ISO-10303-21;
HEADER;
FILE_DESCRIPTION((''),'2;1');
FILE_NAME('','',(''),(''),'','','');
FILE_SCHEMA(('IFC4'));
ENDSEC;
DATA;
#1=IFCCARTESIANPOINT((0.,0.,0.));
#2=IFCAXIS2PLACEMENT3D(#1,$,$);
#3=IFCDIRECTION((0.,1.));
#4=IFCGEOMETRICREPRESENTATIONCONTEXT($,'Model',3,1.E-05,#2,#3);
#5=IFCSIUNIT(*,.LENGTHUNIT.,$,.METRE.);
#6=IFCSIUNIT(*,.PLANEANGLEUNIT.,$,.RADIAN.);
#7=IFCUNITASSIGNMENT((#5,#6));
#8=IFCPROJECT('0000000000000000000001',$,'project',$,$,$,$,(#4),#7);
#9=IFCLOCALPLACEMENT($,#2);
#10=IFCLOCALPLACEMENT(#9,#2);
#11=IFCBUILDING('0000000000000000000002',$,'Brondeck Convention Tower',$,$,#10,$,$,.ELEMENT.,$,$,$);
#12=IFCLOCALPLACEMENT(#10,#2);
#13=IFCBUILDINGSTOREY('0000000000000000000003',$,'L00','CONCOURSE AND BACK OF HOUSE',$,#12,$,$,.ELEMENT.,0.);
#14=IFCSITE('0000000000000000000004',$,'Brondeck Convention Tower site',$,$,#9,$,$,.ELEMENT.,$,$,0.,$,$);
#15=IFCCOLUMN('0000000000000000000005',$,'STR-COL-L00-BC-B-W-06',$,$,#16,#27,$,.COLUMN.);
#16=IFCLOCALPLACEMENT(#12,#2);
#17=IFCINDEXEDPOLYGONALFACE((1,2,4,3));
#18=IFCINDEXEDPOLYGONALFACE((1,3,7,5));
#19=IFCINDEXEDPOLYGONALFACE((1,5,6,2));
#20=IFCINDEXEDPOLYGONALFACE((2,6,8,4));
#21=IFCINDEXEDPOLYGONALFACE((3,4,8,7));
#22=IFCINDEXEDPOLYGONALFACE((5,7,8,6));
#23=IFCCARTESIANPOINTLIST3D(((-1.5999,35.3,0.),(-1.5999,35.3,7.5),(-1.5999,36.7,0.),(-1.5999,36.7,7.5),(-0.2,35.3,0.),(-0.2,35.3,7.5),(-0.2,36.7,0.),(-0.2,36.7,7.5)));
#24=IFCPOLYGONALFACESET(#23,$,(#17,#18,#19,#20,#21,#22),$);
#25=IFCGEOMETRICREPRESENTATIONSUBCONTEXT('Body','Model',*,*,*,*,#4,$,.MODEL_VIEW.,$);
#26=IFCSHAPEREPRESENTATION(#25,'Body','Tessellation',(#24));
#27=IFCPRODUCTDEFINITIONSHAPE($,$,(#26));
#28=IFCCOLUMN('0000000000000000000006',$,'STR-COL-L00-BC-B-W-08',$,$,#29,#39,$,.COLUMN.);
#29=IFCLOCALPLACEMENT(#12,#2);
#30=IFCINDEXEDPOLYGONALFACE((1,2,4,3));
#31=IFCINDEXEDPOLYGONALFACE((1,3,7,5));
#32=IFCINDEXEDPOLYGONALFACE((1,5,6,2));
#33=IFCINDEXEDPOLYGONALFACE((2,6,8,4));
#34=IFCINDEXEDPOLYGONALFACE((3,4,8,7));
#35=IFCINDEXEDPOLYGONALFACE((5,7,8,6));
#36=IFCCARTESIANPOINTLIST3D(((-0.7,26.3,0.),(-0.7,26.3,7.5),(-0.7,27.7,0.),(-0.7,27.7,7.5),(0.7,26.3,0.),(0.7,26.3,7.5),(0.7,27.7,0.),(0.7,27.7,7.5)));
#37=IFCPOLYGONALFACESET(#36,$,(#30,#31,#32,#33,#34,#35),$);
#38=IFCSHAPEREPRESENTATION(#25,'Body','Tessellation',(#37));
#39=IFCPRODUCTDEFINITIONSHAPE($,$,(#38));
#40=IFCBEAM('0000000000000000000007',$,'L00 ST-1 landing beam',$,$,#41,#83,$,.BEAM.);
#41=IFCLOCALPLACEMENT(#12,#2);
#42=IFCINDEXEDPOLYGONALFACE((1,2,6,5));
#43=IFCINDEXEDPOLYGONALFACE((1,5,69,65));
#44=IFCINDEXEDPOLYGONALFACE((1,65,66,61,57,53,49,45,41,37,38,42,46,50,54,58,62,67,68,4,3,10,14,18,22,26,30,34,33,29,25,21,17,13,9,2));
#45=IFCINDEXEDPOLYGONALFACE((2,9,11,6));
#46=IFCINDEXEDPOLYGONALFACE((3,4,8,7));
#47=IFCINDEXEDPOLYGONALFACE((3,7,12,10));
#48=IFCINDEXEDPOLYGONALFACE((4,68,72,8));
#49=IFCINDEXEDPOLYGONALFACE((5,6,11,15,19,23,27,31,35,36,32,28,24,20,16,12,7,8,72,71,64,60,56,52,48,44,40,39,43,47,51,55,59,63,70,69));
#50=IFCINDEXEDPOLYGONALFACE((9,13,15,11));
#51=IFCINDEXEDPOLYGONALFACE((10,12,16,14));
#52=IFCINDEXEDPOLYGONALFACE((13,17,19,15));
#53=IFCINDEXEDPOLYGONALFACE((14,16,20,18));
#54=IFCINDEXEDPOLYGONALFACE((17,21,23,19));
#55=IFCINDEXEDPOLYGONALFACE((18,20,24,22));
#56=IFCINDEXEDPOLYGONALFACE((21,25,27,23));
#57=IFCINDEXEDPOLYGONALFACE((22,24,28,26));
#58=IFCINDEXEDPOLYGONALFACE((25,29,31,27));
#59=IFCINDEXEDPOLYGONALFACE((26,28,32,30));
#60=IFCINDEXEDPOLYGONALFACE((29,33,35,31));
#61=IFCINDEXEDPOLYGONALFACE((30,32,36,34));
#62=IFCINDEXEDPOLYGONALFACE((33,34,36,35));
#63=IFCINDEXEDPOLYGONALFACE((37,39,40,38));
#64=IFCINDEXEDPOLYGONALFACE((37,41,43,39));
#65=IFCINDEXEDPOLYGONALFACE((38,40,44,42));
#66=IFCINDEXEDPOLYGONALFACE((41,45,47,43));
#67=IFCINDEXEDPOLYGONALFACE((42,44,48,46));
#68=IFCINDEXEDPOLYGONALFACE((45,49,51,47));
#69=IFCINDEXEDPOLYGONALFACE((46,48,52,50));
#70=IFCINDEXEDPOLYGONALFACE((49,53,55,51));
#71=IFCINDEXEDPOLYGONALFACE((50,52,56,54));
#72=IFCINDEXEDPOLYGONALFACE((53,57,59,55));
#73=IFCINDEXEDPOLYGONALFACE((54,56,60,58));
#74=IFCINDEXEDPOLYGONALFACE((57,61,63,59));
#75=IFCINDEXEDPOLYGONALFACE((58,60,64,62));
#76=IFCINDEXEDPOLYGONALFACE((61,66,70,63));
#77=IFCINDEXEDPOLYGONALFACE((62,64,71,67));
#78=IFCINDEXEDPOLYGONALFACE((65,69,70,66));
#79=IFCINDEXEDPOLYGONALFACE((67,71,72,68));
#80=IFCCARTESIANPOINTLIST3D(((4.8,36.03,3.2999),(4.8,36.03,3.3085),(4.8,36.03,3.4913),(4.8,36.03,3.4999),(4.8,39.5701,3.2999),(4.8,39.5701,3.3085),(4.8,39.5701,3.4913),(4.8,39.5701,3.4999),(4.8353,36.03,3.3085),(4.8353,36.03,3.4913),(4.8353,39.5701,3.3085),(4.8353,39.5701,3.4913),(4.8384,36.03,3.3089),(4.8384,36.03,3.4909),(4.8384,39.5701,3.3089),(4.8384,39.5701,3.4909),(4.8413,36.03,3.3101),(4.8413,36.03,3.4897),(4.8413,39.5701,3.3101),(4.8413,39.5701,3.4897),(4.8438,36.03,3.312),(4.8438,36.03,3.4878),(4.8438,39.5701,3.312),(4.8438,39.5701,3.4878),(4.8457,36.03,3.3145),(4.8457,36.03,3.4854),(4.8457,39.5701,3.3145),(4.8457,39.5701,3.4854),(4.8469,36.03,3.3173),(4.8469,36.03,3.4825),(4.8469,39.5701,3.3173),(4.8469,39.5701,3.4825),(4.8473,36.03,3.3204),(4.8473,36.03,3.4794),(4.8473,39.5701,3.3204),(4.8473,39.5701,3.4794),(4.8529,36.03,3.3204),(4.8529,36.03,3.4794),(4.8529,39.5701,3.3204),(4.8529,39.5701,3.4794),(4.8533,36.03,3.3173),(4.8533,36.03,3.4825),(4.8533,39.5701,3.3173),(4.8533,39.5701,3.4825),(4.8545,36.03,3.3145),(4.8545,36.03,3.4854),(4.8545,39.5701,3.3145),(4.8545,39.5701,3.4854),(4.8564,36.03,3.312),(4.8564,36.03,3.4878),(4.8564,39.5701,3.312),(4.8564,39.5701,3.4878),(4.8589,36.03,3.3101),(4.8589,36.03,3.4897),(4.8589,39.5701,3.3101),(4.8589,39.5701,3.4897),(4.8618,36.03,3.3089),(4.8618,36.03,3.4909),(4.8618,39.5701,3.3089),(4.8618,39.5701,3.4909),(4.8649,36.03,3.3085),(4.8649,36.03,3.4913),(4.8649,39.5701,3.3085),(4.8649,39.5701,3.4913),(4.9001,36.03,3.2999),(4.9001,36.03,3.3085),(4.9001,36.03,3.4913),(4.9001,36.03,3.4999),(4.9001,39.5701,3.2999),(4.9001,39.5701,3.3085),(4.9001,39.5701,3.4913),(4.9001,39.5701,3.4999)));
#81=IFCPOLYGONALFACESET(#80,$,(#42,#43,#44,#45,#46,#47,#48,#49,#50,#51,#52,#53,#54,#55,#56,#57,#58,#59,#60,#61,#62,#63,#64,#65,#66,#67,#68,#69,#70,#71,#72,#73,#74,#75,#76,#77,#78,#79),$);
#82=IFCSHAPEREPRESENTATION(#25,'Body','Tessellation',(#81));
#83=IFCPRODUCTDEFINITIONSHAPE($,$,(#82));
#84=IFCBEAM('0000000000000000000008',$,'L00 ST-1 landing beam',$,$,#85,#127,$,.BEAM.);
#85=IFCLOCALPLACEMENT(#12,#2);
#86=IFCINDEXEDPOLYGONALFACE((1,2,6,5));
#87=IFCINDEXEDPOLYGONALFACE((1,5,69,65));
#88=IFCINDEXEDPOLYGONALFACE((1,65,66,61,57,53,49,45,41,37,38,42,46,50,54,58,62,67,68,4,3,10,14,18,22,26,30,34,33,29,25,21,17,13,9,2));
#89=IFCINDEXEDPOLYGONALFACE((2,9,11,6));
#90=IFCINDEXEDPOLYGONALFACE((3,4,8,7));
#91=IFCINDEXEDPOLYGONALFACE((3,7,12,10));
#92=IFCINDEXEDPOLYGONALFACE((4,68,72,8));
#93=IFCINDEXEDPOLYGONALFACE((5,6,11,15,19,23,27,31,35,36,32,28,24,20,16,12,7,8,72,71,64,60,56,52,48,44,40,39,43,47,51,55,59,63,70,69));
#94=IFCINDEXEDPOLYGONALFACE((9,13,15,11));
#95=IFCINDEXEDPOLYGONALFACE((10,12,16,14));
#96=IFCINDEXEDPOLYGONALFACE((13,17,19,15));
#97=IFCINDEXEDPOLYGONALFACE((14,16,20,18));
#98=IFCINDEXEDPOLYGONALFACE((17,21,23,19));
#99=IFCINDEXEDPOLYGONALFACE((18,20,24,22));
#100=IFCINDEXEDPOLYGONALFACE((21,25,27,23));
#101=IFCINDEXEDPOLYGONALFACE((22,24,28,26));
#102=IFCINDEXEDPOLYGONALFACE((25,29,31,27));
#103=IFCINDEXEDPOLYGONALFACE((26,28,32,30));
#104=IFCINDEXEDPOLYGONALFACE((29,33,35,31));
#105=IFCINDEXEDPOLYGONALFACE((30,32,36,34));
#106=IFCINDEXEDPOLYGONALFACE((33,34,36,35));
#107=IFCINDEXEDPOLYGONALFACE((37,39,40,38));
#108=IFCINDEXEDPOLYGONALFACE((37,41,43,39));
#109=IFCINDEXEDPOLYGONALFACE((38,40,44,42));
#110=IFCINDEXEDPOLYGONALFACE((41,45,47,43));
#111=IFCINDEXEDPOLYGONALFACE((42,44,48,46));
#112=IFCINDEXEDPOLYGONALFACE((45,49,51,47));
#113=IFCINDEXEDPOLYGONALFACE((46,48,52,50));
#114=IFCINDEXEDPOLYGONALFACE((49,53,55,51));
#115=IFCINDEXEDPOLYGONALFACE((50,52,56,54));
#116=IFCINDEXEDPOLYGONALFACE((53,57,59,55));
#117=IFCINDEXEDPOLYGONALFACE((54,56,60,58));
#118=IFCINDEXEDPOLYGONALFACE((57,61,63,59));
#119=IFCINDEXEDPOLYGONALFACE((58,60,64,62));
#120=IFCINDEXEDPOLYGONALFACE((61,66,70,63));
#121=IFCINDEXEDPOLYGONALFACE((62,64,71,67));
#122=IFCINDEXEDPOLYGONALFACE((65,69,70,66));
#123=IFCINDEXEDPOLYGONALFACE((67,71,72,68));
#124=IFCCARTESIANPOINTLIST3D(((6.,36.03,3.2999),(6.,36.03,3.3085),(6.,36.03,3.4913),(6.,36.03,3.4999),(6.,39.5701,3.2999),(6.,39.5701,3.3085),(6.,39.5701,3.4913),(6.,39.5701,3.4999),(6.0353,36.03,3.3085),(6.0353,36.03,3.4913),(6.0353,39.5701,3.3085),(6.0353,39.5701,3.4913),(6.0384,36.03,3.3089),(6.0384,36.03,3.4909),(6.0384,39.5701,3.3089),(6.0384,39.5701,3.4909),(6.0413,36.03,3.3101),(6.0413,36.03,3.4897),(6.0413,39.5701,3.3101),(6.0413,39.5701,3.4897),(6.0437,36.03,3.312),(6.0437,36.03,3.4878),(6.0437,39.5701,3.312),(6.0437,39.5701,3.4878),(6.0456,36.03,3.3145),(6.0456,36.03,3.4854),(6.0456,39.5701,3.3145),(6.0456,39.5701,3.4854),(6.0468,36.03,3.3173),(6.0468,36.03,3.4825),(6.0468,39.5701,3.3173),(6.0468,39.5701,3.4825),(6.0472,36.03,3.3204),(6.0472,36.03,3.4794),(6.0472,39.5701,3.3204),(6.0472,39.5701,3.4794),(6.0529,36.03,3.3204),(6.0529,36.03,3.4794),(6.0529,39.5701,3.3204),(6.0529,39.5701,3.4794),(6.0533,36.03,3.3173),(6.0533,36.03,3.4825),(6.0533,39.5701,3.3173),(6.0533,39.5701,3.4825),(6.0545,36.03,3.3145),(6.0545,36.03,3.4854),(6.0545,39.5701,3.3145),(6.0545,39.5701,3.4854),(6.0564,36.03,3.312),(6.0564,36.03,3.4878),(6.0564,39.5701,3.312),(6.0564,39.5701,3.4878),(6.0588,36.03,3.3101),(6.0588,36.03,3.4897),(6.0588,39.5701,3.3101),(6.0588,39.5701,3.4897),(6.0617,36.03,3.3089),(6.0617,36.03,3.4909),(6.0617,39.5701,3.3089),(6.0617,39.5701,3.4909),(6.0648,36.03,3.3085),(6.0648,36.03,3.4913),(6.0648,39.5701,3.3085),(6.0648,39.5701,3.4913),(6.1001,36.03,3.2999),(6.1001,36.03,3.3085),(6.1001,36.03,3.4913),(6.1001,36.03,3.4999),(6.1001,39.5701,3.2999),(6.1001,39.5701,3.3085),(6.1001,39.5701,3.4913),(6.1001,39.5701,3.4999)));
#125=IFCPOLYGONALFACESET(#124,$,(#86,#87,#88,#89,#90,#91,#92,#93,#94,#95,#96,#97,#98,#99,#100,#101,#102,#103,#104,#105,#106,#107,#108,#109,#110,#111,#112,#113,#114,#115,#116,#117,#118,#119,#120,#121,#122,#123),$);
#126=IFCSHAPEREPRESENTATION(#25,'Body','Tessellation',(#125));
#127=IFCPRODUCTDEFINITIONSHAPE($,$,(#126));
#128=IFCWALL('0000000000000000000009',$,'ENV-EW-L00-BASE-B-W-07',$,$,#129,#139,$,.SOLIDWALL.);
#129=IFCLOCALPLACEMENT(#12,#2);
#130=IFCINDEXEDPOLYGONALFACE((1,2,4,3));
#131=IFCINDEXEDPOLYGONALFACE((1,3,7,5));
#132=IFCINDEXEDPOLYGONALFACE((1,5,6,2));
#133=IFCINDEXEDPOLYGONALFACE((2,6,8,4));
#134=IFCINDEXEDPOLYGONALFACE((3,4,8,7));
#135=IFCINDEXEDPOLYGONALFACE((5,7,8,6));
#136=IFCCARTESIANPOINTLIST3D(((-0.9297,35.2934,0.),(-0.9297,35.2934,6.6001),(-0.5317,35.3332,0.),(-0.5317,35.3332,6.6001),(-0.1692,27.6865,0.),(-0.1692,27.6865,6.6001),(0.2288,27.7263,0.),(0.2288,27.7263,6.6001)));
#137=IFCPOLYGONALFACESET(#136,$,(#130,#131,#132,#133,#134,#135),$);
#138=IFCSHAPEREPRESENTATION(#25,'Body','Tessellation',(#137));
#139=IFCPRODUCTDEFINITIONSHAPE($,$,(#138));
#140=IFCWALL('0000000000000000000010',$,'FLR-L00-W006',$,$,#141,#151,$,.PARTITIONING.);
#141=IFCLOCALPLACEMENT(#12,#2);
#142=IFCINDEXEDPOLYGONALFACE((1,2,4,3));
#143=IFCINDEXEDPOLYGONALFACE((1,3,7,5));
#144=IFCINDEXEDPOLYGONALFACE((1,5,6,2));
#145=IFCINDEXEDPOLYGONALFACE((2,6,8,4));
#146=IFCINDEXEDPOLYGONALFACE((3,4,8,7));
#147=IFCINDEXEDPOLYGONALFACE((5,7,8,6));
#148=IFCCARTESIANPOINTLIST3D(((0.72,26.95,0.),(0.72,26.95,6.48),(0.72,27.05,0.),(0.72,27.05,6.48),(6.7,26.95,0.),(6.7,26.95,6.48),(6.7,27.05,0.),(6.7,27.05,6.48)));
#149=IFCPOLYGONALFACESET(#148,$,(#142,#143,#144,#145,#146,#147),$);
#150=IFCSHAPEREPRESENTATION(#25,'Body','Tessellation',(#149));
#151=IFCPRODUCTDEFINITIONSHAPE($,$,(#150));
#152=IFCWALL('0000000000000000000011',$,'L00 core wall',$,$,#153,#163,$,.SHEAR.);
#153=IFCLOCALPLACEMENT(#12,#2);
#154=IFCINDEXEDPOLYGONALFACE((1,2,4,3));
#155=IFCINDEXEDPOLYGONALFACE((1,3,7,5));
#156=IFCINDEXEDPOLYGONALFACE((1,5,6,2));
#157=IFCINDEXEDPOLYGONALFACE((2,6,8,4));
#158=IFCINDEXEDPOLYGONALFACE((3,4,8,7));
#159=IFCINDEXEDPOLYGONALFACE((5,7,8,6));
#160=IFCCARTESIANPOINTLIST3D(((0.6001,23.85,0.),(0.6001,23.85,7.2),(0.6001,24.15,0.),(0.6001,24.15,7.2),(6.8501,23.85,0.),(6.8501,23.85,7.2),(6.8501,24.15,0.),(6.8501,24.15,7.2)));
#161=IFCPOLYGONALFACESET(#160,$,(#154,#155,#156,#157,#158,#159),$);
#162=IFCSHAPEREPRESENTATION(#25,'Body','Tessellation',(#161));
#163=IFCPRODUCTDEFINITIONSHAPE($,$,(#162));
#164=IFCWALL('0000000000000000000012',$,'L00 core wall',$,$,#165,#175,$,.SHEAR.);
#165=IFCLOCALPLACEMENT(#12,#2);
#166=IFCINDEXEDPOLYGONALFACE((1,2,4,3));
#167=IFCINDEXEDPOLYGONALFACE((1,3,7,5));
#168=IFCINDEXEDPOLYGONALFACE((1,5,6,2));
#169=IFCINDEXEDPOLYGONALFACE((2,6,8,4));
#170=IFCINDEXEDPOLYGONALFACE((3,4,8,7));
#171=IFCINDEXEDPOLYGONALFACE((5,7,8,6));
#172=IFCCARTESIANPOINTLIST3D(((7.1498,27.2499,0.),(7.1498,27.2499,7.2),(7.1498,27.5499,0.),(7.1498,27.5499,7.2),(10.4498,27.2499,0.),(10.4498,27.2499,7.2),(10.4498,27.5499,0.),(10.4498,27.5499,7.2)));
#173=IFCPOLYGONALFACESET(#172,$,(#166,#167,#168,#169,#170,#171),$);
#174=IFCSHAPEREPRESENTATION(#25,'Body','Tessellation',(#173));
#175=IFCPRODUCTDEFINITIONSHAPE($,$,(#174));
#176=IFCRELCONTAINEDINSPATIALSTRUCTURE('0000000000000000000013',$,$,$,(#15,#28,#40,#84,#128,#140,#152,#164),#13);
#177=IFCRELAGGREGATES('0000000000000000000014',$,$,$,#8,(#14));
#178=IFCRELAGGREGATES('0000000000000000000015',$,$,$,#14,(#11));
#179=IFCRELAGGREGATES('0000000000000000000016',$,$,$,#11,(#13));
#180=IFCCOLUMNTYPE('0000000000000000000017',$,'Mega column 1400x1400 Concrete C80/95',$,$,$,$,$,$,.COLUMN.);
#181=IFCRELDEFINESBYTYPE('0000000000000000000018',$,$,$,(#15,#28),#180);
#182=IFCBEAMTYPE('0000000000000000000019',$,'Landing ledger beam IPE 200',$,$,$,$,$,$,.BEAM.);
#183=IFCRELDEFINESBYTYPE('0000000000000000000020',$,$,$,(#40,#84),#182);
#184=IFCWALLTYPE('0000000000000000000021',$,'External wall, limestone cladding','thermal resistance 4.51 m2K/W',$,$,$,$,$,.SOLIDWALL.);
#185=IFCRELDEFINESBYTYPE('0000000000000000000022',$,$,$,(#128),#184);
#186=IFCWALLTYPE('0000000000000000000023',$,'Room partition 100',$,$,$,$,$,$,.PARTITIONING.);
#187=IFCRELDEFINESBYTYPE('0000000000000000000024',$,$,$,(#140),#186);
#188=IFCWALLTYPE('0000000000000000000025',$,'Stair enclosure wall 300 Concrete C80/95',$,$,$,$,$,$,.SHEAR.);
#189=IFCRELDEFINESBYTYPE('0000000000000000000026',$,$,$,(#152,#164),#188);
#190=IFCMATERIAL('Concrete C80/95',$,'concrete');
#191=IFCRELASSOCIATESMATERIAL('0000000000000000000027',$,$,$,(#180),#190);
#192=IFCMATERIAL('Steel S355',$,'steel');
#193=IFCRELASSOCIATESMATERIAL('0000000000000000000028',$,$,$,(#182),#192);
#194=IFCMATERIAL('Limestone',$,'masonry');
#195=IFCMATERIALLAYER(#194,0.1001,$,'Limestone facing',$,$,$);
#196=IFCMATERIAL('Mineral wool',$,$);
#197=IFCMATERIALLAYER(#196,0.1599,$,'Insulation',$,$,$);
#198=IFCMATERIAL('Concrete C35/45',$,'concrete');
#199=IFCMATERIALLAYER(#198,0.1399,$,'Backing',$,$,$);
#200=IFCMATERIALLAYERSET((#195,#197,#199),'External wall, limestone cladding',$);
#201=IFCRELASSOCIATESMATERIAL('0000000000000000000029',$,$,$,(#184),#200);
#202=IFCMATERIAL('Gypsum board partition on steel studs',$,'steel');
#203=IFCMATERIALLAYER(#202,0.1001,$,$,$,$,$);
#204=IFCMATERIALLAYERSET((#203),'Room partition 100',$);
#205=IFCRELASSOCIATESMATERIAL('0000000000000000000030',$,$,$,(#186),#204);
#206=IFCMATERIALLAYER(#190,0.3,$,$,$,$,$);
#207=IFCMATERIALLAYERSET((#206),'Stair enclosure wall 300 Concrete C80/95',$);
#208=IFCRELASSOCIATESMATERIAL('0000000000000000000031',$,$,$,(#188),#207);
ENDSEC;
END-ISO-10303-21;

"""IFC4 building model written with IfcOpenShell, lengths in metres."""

from ifc_helpers import new_model, si_unit, direction, frame, frame_2d, origin, origin_2d, place, context, subcontext, project, spatial, rectangle, i_section, extrude, material, layer, layer_set, material_profile, profile_set, type_object, element, save


model = new_model("IFC4")

# Units and contexts
model_context = context("Model", 3, precision=1e-05, world=origin(), true_north=direction((0.0, 1.0)))
body_context = subcontext(model_context, "Body", "Model", "MODEL_VIEW")
ifc_project = project(units=[si_unit("LENGTHUNIT", "METRE"), si_unit("PLANEANGLEUNIT", "RADIAN")], contexts=[model_context])

# Site, building, storey
site_placement = place(None, origin())
site = spatial("IfcSite", under=ifc_project, at=site_placement, Name="Brondeck Convention Tower site", CompositionType="ELEMENT", RefElevation=0.0)
building_placement = place(site_placement, origin())
building = spatial("IfcBuilding", under=site, at=building_placement, Name="Brondeck Convention Tower", CompositionType="ELEMENT")
storey_placement = place(building_placement, origin())
storey = spatial("IfcBuildingStorey", under=building, at=storey_placement, Name="L00", Description="CONCOURSE AND BACK OF HOUSE", CompositionType="ELEMENT", Elevation=0.0)

# Columns
ifc_material_1 = material(Name="Concrete C80/95", Category="concrete")
ifc_material_profile_1 = material_profile(ifc_material_1, rectangle(XDim=1.3999, YDim=1.3999, at=origin_2d()), Name="Mega column 1400x1400 Concrete C80/95")
ifc_profile_set_1 = profile_set([ifc_material_profile_1], Name="Concrete C80/95")
column_type = type_object("IfcColumnType", Name="Mega column 1400x1400 Concrete C80/95", PredefinedType="COLUMN", material=ifc_profile_set_1)
for number, where, z_axis, x_axis, name in (
    (1, (-0.8999, 36.0, 0.0), (0.0, 0.0, 1.0), (1.0, 0.0, 0.0), "STR-COL-L00-BC-B-W-06"),
    (2, (0.0, 27.0, 0.0), (0.0, 0.0, 1.0), (1.0, 0.0, 0.0), "STR-COL-L00-BC-B-W-08"),
):
    element("IfcColumn", number, at=place(storey_placement, frame(where, z_axis=z_axis, x_axis=x_axis)), inside=storey, type_object=column_type, Name=name, PredefinedType="COLUMN", context=body_context, shape_type="SweptSolid", body=[
        extrude(rectangle(XDim=1.3999, YDim=1.3999, at=origin_2d()), origin(), (0.0, 0.0, 1.0), 7.5),
    ])

# Beams
ifc_material_2 = material(Name="Steel S355", Category="steel")
ifc_material_profile_2 = material_profile(ifc_material_2, i_section(OverallWidth=0.1001, OverallDepth=0.2, WebThickness=0.0056, FlangeThickness=0.0085, FilletRadius=0.012, at=origin_2d()), Name="IPE200")
ifc_profile_set_2 = profile_set([ifc_material_profile_2], Name="Steel S355")
beam_type = type_object("IfcBeamType", Name="Landing ledger beam IPE 200", PredefinedType="BEAM", material=ifc_profile_set_2)
for number, where, z_axis, x_axis, name in (
    (3, (4.8501, 36.03, 3.3999), (0.0, 1.0, 0.0), (-1.0, 0.0, 0.0), "L00 ST-1 landing beam"),
    (4, (6.05, 36.03, 3.3999), (0.0, 1.0, 0.0), (-1.0, 0.0, 0.0), "L00 ST-1 landing beam"),
):
    element("IfcBeam", number, at=place(storey_placement, frame(where, z_axis=z_axis, x_axis=x_axis)), inside=storey, type_object=beam_type, Name=name, PredefinedType="BEAM", context=body_context, shape_type="SweptSolid", body=[
        extrude(i_section(OverallWidth=0.1001, OverallDepth=0.2, WebThickness=0.0056, FlangeThickness=0.0085, FilletRadius=0.012, at=origin_2d()), origin(), (0.0, 0.0, 1.0), 3.54),
    ])

# Walls
ifc_material_3 = material(Name="Limestone", Category="masonry")
ifc_layer_1 = layer(ifc_material_3, 0.1001, Name="Limestone facing")
ifc_material_4 = material(Name="Mineral wool")
ifc_layer_2 = layer(ifc_material_4, 0.1599, Name="Insulation")
ifc_material_5 = material(Name="Concrete C35/45", Category="concrete")
ifc_layer_3 = layer(ifc_material_5, 0.1399, Name="Backing")
ifc_layer_set_1 = layer_set([ifc_layer_1, ifc_layer_2, ifc_layer_3], Name="External wall, limestone cladding")
wall_type_1 = type_object("IfcWallType", Name="External wall, limestone cladding", Description="thermal resistance 4.51 m2K/W", PredefinedType="SOLIDWALL", material=ifc_layer_set_1)
wall_1_placement = place(storey_placement, frame((0.0298, 27.7065, 0.0), z_axis=(0.0, 0.0, 1.0), x_axis=(-0.099478, 0.99504, 0.0)))
element("IfcWall", 5, at=wall_1_placement, inside=storey, type_object=wall_type_1, Name="ENV-EW-L00-BASE-B-W-07", PredefinedType="SOLIDWALL", context=body_context, shape_type="SweptSolid", body=[
    extrude(rectangle(XDim=7.6448, YDim=0.3999, at=frame_2d((3.8223, 0.0))), origin(), (0.0, 0.0, 1.0), 6.6001),
])
ifc_material_6 = material(Name="Gypsum board partition on steel studs", Category="steel")
ifc_layer_4 = layer(ifc_material_6, 0.1001)
ifc_layer_set_2 = layer_set([ifc_layer_4], Name="Room partition 100")
wall_type_2 = type_object("IfcWallType", Name="Room partition 100", PredefinedType="PARTITIONING", material=ifc_layer_set_2)
wall_2_placement = place(storey_placement, frame((0.72, 27.0, 0.0), z_axis=(0.0, 0.0, 1.0), x_axis=(1.0, 0.0, 0.0)))
element("IfcWall", 6, at=wall_2_placement, inside=storey, type_object=wall_type_2, Name="FLR-L00-W006", PredefinedType="PARTITIONING", context=body_context, shape_type="SweptSolid", body=[
    extrude(rectangle(XDim=5.98, YDim=0.1001, at=frame_2d((2.99, 0.0))), origin(), (0.0, 0.0, 1.0), 6.48),
])
ifc_layer_5 = layer(ifc_material_1, 0.3)
ifc_layer_set_3 = layer_set([ifc_layer_5], Name="Stair enclosure wall 300 Concrete C80/95")
wall_type_3 = type_object("IfcWallType", Name="Stair enclosure wall 300 Concrete C80/95", PredefinedType="SHEAR", material=ifc_layer_set_3)
wall_3_placement = place(storey_placement, frame((0.6001, 24.0, 0.0), z_axis=(0.0, 0.0, 1.0), x_axis=(1.0, 0.0, 0.0)))
element("IfcWall", 7, at=wall_3_placement, inside=storey, type_object=wall_type_3, Name="L00 core wall", PredefinedType="SHEAR", context=body_context, shape_type="SweptSolid", body=[
    extrude(rectangle(XDim=6.25, YDim=0.3, at=frame_2d((3.125, 0.0))), origin(), (0.0, 0.0, 1.0), 7.2),
])
wall_4_placement = place(storey_placement, frame((7.1499, 27.3999, 0.0), z_axis=(0.0, 0.0, 1.0), x_axis=(1.0, 0.0, 0.0)))
element("IfcWall", 8, at=wall_4_placement, inside=storey, type_object=wall_type_3, Name="L00 core wall", PredefinedType="SHEAR", context=body_context, shape_type="SweptSolid", body=[
    extrude(rectangle(XDim=3.3, YDim=0.3, at=frame_2d((1.6499, 0.0))), origin(), (0.0, 0.0, 1.0), 7.2),
])

save(model, "model.ifc")
